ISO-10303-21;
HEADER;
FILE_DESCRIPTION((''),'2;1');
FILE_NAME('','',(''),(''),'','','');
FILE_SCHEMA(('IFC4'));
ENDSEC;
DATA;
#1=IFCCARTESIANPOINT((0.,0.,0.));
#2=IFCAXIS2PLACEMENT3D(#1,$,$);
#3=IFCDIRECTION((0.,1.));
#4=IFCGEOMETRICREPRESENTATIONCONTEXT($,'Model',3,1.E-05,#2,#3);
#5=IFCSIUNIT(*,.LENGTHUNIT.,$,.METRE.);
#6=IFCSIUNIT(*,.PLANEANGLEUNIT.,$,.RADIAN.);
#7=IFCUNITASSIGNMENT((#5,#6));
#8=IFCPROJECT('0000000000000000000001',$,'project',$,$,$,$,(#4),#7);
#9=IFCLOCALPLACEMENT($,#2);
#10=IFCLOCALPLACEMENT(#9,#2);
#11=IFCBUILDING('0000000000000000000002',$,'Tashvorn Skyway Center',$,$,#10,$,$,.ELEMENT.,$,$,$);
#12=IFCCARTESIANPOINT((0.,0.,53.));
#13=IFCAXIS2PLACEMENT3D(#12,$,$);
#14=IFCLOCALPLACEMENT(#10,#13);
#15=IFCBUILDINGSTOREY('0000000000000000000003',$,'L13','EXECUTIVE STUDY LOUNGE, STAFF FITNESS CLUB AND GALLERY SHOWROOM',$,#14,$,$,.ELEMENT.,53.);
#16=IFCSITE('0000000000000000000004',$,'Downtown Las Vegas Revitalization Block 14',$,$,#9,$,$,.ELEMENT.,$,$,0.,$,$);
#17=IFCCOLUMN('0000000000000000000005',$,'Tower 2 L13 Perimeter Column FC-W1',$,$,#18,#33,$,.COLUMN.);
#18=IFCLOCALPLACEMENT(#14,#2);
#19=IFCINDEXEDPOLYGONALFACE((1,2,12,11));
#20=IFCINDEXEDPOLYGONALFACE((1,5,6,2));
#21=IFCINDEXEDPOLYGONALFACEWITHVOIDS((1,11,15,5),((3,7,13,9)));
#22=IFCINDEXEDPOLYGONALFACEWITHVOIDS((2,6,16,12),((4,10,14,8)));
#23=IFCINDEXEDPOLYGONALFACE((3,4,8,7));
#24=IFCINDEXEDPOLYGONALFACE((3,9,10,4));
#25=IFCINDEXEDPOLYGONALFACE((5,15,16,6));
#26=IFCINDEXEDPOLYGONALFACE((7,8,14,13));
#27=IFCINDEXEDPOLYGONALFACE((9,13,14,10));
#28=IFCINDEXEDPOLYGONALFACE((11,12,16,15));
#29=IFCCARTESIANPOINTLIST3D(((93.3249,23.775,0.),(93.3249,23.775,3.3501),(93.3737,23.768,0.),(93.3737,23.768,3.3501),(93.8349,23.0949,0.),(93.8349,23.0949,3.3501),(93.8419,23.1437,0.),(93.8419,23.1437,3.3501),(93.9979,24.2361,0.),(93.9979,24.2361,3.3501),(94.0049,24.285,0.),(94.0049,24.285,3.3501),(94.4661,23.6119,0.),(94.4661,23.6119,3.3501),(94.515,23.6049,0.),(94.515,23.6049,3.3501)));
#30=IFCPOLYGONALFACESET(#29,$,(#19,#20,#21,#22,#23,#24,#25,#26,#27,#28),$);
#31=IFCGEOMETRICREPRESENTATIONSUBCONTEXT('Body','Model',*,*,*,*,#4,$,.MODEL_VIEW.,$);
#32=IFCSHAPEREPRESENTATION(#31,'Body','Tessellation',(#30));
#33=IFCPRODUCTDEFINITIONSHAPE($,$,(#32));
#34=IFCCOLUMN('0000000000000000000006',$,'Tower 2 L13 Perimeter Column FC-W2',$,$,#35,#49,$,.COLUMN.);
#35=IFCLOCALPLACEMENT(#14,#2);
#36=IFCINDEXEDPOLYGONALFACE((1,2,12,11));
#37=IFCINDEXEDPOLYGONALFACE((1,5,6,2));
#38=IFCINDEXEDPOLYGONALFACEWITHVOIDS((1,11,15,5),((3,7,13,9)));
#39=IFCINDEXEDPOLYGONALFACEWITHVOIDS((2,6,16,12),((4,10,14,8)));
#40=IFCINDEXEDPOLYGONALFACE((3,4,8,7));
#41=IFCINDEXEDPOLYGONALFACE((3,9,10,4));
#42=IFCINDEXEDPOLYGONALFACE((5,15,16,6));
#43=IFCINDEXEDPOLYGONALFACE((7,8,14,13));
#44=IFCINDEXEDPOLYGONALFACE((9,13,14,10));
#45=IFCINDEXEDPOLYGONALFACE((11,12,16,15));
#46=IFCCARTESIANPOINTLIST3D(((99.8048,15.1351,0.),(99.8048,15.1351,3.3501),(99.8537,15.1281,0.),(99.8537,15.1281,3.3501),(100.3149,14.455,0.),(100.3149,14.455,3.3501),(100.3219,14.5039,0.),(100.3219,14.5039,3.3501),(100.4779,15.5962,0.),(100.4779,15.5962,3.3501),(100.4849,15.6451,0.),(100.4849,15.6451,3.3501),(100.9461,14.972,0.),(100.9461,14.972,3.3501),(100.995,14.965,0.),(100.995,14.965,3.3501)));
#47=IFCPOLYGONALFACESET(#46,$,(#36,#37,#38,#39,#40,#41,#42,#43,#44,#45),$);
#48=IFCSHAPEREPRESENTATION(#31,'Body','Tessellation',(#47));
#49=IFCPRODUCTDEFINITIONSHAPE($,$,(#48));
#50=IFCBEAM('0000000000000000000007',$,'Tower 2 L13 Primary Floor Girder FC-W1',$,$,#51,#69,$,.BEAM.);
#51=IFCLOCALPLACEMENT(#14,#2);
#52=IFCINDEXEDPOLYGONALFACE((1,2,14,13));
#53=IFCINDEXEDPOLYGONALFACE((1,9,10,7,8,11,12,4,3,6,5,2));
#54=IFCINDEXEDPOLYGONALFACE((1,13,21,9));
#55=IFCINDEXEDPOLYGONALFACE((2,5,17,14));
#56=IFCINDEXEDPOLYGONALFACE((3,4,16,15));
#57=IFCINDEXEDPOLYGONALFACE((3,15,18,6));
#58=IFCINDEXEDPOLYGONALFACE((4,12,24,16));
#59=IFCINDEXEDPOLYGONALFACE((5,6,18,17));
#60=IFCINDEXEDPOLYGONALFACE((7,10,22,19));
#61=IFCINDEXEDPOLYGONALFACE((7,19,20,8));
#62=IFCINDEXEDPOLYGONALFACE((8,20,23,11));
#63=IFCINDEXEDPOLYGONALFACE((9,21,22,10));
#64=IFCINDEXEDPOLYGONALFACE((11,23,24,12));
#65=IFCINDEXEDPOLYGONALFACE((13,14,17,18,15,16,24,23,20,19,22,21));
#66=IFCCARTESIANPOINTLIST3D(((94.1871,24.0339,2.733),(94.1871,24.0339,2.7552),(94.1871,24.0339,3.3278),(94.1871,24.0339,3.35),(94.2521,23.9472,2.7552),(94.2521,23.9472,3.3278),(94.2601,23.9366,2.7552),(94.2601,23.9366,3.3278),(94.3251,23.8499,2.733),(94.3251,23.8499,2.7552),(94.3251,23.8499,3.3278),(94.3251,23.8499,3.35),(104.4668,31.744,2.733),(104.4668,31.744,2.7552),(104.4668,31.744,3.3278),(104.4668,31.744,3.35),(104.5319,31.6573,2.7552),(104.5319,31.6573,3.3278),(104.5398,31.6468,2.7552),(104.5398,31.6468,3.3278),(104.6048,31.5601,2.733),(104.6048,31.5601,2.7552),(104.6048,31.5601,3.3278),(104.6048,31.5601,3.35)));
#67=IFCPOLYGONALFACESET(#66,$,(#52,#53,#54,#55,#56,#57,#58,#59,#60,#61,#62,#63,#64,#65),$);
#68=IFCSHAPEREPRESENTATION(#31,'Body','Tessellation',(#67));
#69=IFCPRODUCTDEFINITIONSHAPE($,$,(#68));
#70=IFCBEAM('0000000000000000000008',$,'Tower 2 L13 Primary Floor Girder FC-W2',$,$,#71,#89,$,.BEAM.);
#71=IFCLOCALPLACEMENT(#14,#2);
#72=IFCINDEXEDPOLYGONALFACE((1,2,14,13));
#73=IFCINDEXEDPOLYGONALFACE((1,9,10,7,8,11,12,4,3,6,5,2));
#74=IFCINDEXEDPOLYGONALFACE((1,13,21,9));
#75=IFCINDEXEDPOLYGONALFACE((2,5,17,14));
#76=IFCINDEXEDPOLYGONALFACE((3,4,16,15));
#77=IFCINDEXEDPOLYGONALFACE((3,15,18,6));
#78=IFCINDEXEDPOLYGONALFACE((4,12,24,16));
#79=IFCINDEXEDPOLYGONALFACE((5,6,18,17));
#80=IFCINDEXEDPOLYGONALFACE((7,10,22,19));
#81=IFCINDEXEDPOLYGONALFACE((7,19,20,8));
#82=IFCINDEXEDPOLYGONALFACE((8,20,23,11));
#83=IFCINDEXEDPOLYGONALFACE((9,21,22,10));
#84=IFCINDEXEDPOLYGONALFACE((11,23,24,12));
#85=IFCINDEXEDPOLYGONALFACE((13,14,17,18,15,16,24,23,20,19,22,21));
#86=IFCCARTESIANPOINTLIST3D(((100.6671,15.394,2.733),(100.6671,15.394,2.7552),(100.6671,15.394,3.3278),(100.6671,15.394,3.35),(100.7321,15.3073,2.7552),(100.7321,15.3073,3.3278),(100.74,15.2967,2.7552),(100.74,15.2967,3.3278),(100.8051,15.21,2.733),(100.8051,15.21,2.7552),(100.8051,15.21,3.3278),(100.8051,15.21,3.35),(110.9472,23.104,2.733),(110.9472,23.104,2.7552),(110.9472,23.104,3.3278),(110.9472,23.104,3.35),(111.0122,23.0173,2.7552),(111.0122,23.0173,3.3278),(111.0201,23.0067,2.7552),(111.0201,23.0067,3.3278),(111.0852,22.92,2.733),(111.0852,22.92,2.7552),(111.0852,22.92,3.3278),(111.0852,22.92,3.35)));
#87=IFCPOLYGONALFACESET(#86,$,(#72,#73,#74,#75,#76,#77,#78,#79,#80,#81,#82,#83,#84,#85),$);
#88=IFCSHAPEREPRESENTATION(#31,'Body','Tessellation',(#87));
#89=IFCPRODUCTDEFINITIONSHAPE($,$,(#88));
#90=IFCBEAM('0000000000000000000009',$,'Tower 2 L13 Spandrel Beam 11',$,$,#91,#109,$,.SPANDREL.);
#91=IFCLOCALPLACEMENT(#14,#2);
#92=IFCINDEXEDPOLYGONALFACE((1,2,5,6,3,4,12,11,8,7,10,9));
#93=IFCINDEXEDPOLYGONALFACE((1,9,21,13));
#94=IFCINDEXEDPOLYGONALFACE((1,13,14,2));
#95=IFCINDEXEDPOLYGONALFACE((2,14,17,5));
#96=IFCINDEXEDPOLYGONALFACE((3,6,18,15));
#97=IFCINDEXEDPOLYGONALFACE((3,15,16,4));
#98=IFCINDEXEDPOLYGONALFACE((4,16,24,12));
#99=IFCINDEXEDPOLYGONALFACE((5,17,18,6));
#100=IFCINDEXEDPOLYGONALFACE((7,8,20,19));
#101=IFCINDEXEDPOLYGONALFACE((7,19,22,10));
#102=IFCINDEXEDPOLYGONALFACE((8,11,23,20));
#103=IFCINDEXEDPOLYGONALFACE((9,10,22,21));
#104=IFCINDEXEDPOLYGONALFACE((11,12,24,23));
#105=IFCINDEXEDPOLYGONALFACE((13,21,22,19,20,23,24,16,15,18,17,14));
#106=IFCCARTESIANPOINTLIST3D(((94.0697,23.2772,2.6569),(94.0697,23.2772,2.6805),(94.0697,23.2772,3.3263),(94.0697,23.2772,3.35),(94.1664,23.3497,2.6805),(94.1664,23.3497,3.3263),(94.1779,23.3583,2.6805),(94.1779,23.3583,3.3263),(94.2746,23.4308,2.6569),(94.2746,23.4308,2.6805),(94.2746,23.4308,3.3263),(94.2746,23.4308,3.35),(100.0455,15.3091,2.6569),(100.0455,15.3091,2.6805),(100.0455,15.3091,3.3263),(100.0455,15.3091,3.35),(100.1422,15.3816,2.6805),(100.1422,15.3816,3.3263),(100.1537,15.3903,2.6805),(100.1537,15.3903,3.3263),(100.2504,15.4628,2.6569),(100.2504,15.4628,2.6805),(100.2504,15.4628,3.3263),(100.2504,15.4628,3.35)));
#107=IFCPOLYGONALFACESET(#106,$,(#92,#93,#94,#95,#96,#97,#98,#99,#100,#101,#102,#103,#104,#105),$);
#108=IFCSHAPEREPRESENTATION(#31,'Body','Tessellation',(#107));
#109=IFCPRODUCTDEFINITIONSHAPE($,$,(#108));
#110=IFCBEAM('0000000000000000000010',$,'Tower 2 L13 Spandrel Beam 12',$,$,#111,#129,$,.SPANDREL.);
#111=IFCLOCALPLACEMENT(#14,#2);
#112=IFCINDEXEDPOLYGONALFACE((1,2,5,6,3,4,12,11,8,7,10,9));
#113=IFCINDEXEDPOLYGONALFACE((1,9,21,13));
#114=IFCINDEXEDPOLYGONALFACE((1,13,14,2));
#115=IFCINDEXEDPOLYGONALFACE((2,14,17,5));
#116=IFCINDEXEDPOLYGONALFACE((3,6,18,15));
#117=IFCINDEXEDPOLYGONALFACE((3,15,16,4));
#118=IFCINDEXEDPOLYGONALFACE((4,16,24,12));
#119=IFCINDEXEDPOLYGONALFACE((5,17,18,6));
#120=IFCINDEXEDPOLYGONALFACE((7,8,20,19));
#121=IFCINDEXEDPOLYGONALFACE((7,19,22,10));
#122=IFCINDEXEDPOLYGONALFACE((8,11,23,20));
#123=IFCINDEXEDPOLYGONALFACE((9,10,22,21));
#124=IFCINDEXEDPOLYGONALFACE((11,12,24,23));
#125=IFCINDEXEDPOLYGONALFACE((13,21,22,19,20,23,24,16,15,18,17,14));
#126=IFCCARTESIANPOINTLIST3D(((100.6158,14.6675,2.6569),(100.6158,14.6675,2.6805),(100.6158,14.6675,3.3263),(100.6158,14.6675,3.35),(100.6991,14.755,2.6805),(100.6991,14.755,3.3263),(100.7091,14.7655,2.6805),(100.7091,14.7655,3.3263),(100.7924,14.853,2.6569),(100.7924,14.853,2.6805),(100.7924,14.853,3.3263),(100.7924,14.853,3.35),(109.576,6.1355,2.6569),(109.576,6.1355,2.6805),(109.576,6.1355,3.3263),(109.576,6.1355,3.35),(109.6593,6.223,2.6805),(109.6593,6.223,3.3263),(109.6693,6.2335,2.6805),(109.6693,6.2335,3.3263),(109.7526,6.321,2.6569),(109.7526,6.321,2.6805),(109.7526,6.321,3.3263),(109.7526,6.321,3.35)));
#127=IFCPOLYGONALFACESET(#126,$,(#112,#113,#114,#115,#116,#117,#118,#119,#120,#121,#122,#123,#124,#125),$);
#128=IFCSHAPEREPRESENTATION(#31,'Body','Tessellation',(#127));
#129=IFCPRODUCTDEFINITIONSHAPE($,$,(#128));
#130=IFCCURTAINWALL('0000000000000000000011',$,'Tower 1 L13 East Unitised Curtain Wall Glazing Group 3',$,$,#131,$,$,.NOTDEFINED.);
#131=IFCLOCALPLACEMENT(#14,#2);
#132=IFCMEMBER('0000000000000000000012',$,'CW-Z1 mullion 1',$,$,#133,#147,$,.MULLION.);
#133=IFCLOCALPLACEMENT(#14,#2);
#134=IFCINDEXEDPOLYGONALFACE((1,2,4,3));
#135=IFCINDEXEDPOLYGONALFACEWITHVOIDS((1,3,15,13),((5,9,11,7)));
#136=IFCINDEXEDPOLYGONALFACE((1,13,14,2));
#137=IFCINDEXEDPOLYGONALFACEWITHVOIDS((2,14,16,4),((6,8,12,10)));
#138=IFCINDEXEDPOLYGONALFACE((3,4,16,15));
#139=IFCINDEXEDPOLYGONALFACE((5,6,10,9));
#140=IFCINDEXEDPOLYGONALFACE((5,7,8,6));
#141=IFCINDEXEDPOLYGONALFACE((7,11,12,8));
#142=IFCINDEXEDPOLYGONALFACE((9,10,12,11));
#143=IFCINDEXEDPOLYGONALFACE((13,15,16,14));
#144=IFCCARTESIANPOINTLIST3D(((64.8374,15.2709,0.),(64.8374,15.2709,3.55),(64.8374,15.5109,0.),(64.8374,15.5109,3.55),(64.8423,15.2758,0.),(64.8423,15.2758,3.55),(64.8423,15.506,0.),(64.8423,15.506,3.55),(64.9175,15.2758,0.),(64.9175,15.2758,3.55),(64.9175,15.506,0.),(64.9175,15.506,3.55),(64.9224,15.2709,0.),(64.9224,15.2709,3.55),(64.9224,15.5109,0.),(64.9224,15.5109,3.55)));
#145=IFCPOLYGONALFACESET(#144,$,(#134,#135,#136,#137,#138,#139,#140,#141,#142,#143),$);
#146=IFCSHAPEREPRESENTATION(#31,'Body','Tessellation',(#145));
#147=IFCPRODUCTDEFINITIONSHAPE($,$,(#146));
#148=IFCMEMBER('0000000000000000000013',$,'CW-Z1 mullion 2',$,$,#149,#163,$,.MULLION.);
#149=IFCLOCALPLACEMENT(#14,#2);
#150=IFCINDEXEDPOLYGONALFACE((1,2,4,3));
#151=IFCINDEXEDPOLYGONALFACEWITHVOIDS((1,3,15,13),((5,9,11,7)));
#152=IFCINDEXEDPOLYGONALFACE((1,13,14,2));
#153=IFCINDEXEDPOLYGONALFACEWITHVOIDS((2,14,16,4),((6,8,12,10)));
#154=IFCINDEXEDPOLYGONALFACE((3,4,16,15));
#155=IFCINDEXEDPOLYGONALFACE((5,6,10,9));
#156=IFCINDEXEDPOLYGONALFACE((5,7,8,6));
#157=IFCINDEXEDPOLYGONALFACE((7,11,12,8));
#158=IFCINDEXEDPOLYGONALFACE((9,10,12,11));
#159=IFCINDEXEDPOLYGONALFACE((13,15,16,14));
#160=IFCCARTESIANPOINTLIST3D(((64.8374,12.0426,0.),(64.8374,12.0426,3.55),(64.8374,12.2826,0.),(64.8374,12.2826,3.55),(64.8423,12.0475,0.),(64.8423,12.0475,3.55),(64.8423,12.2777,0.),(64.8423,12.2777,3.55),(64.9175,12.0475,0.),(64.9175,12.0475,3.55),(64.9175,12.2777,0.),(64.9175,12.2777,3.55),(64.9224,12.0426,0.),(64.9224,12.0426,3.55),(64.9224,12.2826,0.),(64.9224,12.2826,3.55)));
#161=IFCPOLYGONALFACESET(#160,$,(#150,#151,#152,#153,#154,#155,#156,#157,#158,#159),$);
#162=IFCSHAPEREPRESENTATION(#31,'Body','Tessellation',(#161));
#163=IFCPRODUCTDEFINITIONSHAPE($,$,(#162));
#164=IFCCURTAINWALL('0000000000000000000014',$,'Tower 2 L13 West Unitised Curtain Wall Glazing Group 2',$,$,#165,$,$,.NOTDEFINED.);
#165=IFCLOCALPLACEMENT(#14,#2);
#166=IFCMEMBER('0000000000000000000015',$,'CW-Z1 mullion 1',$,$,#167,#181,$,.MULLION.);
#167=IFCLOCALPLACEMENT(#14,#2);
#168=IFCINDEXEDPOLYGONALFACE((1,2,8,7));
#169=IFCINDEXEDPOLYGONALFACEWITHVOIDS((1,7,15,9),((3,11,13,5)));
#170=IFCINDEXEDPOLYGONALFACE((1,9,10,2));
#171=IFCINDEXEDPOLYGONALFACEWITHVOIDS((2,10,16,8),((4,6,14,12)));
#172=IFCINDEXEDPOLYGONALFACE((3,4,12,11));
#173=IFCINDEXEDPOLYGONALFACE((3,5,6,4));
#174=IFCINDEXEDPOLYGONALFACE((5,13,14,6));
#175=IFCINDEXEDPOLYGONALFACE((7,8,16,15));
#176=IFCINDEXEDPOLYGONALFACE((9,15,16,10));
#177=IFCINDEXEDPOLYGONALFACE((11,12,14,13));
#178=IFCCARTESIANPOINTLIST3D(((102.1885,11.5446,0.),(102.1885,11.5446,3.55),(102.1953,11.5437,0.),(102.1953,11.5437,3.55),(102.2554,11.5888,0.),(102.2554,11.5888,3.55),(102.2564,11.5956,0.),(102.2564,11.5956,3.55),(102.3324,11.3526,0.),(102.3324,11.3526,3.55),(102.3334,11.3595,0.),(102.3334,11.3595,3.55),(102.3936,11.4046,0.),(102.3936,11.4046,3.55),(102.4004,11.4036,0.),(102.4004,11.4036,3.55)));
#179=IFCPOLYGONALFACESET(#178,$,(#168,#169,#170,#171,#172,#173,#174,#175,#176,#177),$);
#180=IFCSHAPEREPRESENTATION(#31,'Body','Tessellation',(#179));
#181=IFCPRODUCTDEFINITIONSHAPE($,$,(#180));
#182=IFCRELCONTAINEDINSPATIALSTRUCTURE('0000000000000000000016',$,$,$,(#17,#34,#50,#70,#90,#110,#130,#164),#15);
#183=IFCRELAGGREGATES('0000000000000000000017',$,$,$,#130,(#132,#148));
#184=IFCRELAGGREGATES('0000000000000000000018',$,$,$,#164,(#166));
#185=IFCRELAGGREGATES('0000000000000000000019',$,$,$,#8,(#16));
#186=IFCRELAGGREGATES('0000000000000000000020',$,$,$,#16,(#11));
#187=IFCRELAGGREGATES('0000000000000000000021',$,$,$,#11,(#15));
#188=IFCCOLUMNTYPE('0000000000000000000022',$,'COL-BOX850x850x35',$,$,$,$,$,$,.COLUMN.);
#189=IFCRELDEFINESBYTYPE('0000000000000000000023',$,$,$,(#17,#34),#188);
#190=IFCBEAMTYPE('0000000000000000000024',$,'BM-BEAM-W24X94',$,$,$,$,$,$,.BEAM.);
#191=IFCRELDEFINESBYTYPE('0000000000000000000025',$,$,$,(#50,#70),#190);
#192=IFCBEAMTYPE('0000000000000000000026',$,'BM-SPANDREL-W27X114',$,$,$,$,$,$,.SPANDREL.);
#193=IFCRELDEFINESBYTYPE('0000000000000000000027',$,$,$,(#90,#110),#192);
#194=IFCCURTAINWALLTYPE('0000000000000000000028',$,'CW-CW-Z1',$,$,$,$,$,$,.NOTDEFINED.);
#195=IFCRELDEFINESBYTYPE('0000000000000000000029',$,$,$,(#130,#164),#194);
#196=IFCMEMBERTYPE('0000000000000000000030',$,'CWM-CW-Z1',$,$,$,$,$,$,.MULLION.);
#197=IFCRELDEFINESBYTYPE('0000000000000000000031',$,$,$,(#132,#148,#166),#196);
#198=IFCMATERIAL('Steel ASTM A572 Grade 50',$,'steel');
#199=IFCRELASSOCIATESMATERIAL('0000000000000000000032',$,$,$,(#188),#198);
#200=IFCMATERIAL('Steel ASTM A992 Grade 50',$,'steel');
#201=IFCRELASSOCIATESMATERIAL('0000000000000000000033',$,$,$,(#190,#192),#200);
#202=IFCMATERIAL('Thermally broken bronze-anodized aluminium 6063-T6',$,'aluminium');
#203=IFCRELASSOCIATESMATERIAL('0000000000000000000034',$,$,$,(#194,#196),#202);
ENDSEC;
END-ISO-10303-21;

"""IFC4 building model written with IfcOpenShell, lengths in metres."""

from ifc_helpers import new_model, si_unit, direction, frame, origin, origin_2d, place, context, subcontext, project, spatial, hollow_rectangle, i_section, extrude, material, material_profile, profile_set, type_object, element, aggregate, save


model = new_model("IFC4")

# Units and contexts
model_context = context("Model", 3, precision=1e-05, world=origin(), true_north=direction((0.0, 1.0)))
body_context = subcontext(model_context, "Body", "Model", "MODEL_VIEW")
ifc_project = project(units=[si_unit("LENGTHUNIT", "METRE"), si_unit("PLANEANGLEUNIT", "RADIAN")], contexts=[model_context])

# Site, building, storey
site_placement = place(None, origin())
site = spatial("IfcSite", under=ifc_project, at=site_placement, Name="Downtown Las Vegas Revitalization Block 14", CompositionType="ELEMENT", RefElevation=0.0)
building_placement = place(site_placement, origin())
building = spatial("IfcBuilding", under=site, at=building_placement, Name="Tashvorn Skyway Center", CompositionType="ELEMENT")
storey_placement = place(building_placement, frame((0.0, 0.0, 53.0)))
storey = spatial("IfcBuildingStorey", under=building, at=storey_placement, Name="L13", Description="EXECUTIVE STUDY LOUNGE, STAFF FITNESS CLUB AND GALLERY SHOWROOM", CompositionType="ELEMENT", Elevation=53.0)

# Columns
ifc_material_1 = material(Name="Steel ASTM A572 Grade 50", Category="steel")
ifc_material_profile_1 = material_profile(ifc_material_1, hollow_rectangle(XDim=0.8501, YDim=0.8501, WallThickness=0.0349, at=origin_2d()), Name="BOX850x850x35")
ifc_profile_set_1 = profile_set([ifc_material_profile_1], Name="Steel ASTM A572 Grade 50")
column_type = type_object("IfcColumnType", Name="COL-BOX850x850x35", PredefinedType="COLUMN", material=ifc_profile_set_1)
for number, where, z_axis, x_axis, name in (
    (1, (93.9199, 23.6899, 0.0), (0.0, 0.0, 1.0), (0.8, 0.6, 0.0), "Tower 2 L13 Perimeter Column FC-W1"),
    (2, (100.3999, 15.05, 0.0), (0.0, 0.0, 1.0), (0.8, 0.6, 0.0), "Tower 2 L13 Perimeter Column FC-W2"),
):
    element("IfcColumn", number, at=place(storey_placement, frame(where, z_axis=z_axis, x_axis=x_axis)), inside=storey, type_object=column_type, Name=name, PredefinedType="COLUMN", context=body_context, shape_type="SweptSolid", body=[
        extrude(hollow_rectangle(XDim=0.8501, YDim=0.8501, WallThickness=0.0349, at=origin_2d()), origin(), (0.0, 0.0, 1.0), 3.3501),
    ])

# Beams
ifc_material_2 = material(Name="Steel ASTM A992 Grade 50", Category="steel")
ifc_material_profile_2 = material_profile(ifc_material_2, i_section(OverallWidth=0.23, OverallDepth=0.6169, WebThickness=0.0132, FlangeThickness=0.0222, at=origin_2d()), Name="W24X94")
ifc_profile_set_2 = profile_set([ifc_material_profile_2], Name="Steel ASTM A992 Grade 50")
beam_type_1 = type_object("IfcBeamType", Name="BM-BEAM-W24X94", PredefinedType="BEAM", material=ifc_profile_set_2)
beam_1_placement = place(storey_placement, frame((94.2561, 23.9419, 3.0415), z_axis=(0.799986, 0.600018, 0.0), x_axis=(-0.600018, 0.799986, 0.0)))
element("IfcBeam", 3, at=beam_1_placement, inside=storey, type_object=beam_type_1, Name="Tower 2 L13 Primary Floor Girder FC-W1", PredefinedType="BEAM", context=body_context, shape_type="SweptSolid", body=[
    extrude(i_section(OverallWidth=0.23, OverallDepth=0.6169, WebThickness=0.0132, FlangeThickness=0.0222, at=origin_2d()), origin(), (0.0, 0.0, 1.0), 12.8499),
])
beam_2_placement = place(storey_placement, frame((100.7361, 15.302, 3.0415), z_axis=(0.800002, 0.599997, 0.0), x_axis=(-0.599997, 0.800002, 0.0)))
element("IfcBeam", 4, at=beam_2_placement, inside=storey, type_object=beam_type_1, Name="Tower 2 L13 Primary Floor Girder FC-W2", PredefinedType="BEAM", context=body_context, shape_type="SweptSolid", body=[
    extrude(i_section(OverallWidth=0.23, OverallDepth=0.6169, WebThickness=0.0132, FlangeThickness=0.0222, at=origin_2d()), origin(), (0.0, 0.0, 1.0), 12.8501),
])
ifc_material_profile_3 = material_profile(ifc_material_2, i_section(OverallWidth=0.2561, OverallDepth=0.6931, WebThickness=0.0144, FlangeThickness=0.0237, at=origin_2d()), Name="W27X114")
ifc_profile_set_3 = profile_set([ifc_material_profile_3], Name="Steel ASTM A992 Grade 50")
beam_type_2 = type_object("IfcBeamType", Name="BM-SPANDREL-W27X114", PredefinedType="SPANDREL", material=ifc_profile_set_3)
beam_3_placement = place(storey_placement, frame((94.1721, 23.354, 3.0034), z_axis=(0.599988, -0.800009, 0.0), x_axis=(0.800009, 0.599988, 0.0)))
element("IfcBeam", 5, at=beam_3_placement, inside=storey, type_object=beam_type_2, Name="Tower 2 L13 Spandrel Beam 11", PredefinedType="SPANDREL", context=body_context, shape_type="SweptSolid", body=[
    extrude(i_section(OverallWidth=0.2561, OverallDepth=0.6931, WebThickness=0.0144, FlangeThickness=0.0237, at=origin_2d()), origin(), (0.0, 0.0, 1.0), 9.96),
])
beam_4_placement = place(storey_placement, frame((100.7041, 14.7603, 3.0034), z_axis=(0.7242, -0.68959, 0.0), x_axis=(0.68959, 0.7242, 0.0)))
element("IfcBeam", 6, at=beam_4_placement, inside=storey, type_object=beam_type_2, Name="Tower 2 L13 Spandrel Beam 12", PredefinedType="SPANDREL", context=body_context, shape_type="SweptSolid", body=[
    extrude(i_section(OverallWidth=0.2561, OverallDepth=0.6931, WebThickness=0.0144, FlangeThickness=0.0237, at=origin_2d()), origin(), (0.0, 0.0, 1.0), 12.3726),
])

# Curtain walls, members
ifc_material_3 = material(Name="Thermally broken bronze-anodized aluminium 6063-T6", Category="aluminium")
curtain_wall_type = type_object("IfcCurtainWallType", Name="CW-CW-Z1", PredefinedType="NOTDEFINED", material=ifc_material_3)
curtain_wall_1_placement = place(storey_placement, origin())
curtain_wall_1 = element("IfcCurtainWall", 7, at=curtain_wall_1_placement, inside=storey, type_object=curtain_wall_type, Name="Tower 1 L13 East Unitised Curtain Wall Glazing Group 3", PredefinedType="NOTDEFINED")
ifc_material_profile_4 = material_profile(ifc_material_3, hollow_rectangle(XDim=0.085, YDim=0.24, WallThickness=0.0049, at=origin_2d()), Name="ALU-MULL-85x240")
ifc_profile_set_4 = profile_set([ifc_material_profile_4], Name="Thermally broken bronze-anodized aluminium 6063-T6")
member_type_1 = type_object("IfcMemberType", Name="CWM-CW-Z1", PredefinedType="MULLION", material=ifc_profile_set_4)
member_1_placement = place(storey_placement, frame((64.8799, 15.3909, 0.0), z_axis=(0.0, 0.0, 1.0), x_axis=(1.0, 0.0, 0.0)))
member_1 = element("IfcMember", 8, at=member_1_placement, type_object=member_type_1, Name="CW-Z1 mullion 1", PredefinedType="MULLION", context=body_context, shape_type="SweptSolid", body=[
    extrude(hollow_rectangle(XDim=0.085, YDim=0.24, WallThickness=0.0049, at=origin_2d()), origin(), (0.0, 0.0, 1.0), 3.55),
])
member_2_placement = place(storey_placement, frame((64.8799, 12.1626, 0.0), z_axis=(0.0, 0.0, 1.0), x_axis=(1.0, 0.0, 0.0)))
member_2 = element("IfcMember", 9, at=member_2_placement, type_object=member_type_1, Name="CW-Z1 mullion 2", PredefinedType="MULLION", context=body_context, shape_type="SweptSolid", body=[
    extrude(hollow_rectangle(XDim=0.085, YDim=0.24, WallThickness=0.0049, at=origin_2d()), origin(), (0.0, 0.0, 1.0), 3.55),
])
curtain_wall_2_placement = place(storey_placement, origin())
curtain_wall_2 = element("IfcCurtainWall", 10, at=curtain_wall_2_placement, inside=storey, type_object=curtain_wall_type, Name="Tower 2 L13 West Unitised Curtain Wall Glazing Group 2", PredefinedType="NOTDEFINED")
member_3_placement = place(storey_placement, frame((102.2944, 11.4741, 0.0), z_axis=(0.0, 0.0, 1.0), x_axis=(-0.8, -0.6, 0.0)))
member_3 = element("IfcMember", 11, at=member_3_placement, type_object=member_type_1, Name="CW-Z1 mullion 1", PredefinedType="MULLION", context=body_context, shape_type="SweptSolid", body=[
    extrude(hollow_rectangle(XDim=0.085, YDim=0.24, WallThickness=0.0049, at=origin_2d()), origin(), (0.0, 0.0, 1.0), 3.55),
])

aggregate(curtain_wall_1, [member_1, member_2])
aggregate(curtain_wall_2, [member_3])

save(model, "model.ifc")
